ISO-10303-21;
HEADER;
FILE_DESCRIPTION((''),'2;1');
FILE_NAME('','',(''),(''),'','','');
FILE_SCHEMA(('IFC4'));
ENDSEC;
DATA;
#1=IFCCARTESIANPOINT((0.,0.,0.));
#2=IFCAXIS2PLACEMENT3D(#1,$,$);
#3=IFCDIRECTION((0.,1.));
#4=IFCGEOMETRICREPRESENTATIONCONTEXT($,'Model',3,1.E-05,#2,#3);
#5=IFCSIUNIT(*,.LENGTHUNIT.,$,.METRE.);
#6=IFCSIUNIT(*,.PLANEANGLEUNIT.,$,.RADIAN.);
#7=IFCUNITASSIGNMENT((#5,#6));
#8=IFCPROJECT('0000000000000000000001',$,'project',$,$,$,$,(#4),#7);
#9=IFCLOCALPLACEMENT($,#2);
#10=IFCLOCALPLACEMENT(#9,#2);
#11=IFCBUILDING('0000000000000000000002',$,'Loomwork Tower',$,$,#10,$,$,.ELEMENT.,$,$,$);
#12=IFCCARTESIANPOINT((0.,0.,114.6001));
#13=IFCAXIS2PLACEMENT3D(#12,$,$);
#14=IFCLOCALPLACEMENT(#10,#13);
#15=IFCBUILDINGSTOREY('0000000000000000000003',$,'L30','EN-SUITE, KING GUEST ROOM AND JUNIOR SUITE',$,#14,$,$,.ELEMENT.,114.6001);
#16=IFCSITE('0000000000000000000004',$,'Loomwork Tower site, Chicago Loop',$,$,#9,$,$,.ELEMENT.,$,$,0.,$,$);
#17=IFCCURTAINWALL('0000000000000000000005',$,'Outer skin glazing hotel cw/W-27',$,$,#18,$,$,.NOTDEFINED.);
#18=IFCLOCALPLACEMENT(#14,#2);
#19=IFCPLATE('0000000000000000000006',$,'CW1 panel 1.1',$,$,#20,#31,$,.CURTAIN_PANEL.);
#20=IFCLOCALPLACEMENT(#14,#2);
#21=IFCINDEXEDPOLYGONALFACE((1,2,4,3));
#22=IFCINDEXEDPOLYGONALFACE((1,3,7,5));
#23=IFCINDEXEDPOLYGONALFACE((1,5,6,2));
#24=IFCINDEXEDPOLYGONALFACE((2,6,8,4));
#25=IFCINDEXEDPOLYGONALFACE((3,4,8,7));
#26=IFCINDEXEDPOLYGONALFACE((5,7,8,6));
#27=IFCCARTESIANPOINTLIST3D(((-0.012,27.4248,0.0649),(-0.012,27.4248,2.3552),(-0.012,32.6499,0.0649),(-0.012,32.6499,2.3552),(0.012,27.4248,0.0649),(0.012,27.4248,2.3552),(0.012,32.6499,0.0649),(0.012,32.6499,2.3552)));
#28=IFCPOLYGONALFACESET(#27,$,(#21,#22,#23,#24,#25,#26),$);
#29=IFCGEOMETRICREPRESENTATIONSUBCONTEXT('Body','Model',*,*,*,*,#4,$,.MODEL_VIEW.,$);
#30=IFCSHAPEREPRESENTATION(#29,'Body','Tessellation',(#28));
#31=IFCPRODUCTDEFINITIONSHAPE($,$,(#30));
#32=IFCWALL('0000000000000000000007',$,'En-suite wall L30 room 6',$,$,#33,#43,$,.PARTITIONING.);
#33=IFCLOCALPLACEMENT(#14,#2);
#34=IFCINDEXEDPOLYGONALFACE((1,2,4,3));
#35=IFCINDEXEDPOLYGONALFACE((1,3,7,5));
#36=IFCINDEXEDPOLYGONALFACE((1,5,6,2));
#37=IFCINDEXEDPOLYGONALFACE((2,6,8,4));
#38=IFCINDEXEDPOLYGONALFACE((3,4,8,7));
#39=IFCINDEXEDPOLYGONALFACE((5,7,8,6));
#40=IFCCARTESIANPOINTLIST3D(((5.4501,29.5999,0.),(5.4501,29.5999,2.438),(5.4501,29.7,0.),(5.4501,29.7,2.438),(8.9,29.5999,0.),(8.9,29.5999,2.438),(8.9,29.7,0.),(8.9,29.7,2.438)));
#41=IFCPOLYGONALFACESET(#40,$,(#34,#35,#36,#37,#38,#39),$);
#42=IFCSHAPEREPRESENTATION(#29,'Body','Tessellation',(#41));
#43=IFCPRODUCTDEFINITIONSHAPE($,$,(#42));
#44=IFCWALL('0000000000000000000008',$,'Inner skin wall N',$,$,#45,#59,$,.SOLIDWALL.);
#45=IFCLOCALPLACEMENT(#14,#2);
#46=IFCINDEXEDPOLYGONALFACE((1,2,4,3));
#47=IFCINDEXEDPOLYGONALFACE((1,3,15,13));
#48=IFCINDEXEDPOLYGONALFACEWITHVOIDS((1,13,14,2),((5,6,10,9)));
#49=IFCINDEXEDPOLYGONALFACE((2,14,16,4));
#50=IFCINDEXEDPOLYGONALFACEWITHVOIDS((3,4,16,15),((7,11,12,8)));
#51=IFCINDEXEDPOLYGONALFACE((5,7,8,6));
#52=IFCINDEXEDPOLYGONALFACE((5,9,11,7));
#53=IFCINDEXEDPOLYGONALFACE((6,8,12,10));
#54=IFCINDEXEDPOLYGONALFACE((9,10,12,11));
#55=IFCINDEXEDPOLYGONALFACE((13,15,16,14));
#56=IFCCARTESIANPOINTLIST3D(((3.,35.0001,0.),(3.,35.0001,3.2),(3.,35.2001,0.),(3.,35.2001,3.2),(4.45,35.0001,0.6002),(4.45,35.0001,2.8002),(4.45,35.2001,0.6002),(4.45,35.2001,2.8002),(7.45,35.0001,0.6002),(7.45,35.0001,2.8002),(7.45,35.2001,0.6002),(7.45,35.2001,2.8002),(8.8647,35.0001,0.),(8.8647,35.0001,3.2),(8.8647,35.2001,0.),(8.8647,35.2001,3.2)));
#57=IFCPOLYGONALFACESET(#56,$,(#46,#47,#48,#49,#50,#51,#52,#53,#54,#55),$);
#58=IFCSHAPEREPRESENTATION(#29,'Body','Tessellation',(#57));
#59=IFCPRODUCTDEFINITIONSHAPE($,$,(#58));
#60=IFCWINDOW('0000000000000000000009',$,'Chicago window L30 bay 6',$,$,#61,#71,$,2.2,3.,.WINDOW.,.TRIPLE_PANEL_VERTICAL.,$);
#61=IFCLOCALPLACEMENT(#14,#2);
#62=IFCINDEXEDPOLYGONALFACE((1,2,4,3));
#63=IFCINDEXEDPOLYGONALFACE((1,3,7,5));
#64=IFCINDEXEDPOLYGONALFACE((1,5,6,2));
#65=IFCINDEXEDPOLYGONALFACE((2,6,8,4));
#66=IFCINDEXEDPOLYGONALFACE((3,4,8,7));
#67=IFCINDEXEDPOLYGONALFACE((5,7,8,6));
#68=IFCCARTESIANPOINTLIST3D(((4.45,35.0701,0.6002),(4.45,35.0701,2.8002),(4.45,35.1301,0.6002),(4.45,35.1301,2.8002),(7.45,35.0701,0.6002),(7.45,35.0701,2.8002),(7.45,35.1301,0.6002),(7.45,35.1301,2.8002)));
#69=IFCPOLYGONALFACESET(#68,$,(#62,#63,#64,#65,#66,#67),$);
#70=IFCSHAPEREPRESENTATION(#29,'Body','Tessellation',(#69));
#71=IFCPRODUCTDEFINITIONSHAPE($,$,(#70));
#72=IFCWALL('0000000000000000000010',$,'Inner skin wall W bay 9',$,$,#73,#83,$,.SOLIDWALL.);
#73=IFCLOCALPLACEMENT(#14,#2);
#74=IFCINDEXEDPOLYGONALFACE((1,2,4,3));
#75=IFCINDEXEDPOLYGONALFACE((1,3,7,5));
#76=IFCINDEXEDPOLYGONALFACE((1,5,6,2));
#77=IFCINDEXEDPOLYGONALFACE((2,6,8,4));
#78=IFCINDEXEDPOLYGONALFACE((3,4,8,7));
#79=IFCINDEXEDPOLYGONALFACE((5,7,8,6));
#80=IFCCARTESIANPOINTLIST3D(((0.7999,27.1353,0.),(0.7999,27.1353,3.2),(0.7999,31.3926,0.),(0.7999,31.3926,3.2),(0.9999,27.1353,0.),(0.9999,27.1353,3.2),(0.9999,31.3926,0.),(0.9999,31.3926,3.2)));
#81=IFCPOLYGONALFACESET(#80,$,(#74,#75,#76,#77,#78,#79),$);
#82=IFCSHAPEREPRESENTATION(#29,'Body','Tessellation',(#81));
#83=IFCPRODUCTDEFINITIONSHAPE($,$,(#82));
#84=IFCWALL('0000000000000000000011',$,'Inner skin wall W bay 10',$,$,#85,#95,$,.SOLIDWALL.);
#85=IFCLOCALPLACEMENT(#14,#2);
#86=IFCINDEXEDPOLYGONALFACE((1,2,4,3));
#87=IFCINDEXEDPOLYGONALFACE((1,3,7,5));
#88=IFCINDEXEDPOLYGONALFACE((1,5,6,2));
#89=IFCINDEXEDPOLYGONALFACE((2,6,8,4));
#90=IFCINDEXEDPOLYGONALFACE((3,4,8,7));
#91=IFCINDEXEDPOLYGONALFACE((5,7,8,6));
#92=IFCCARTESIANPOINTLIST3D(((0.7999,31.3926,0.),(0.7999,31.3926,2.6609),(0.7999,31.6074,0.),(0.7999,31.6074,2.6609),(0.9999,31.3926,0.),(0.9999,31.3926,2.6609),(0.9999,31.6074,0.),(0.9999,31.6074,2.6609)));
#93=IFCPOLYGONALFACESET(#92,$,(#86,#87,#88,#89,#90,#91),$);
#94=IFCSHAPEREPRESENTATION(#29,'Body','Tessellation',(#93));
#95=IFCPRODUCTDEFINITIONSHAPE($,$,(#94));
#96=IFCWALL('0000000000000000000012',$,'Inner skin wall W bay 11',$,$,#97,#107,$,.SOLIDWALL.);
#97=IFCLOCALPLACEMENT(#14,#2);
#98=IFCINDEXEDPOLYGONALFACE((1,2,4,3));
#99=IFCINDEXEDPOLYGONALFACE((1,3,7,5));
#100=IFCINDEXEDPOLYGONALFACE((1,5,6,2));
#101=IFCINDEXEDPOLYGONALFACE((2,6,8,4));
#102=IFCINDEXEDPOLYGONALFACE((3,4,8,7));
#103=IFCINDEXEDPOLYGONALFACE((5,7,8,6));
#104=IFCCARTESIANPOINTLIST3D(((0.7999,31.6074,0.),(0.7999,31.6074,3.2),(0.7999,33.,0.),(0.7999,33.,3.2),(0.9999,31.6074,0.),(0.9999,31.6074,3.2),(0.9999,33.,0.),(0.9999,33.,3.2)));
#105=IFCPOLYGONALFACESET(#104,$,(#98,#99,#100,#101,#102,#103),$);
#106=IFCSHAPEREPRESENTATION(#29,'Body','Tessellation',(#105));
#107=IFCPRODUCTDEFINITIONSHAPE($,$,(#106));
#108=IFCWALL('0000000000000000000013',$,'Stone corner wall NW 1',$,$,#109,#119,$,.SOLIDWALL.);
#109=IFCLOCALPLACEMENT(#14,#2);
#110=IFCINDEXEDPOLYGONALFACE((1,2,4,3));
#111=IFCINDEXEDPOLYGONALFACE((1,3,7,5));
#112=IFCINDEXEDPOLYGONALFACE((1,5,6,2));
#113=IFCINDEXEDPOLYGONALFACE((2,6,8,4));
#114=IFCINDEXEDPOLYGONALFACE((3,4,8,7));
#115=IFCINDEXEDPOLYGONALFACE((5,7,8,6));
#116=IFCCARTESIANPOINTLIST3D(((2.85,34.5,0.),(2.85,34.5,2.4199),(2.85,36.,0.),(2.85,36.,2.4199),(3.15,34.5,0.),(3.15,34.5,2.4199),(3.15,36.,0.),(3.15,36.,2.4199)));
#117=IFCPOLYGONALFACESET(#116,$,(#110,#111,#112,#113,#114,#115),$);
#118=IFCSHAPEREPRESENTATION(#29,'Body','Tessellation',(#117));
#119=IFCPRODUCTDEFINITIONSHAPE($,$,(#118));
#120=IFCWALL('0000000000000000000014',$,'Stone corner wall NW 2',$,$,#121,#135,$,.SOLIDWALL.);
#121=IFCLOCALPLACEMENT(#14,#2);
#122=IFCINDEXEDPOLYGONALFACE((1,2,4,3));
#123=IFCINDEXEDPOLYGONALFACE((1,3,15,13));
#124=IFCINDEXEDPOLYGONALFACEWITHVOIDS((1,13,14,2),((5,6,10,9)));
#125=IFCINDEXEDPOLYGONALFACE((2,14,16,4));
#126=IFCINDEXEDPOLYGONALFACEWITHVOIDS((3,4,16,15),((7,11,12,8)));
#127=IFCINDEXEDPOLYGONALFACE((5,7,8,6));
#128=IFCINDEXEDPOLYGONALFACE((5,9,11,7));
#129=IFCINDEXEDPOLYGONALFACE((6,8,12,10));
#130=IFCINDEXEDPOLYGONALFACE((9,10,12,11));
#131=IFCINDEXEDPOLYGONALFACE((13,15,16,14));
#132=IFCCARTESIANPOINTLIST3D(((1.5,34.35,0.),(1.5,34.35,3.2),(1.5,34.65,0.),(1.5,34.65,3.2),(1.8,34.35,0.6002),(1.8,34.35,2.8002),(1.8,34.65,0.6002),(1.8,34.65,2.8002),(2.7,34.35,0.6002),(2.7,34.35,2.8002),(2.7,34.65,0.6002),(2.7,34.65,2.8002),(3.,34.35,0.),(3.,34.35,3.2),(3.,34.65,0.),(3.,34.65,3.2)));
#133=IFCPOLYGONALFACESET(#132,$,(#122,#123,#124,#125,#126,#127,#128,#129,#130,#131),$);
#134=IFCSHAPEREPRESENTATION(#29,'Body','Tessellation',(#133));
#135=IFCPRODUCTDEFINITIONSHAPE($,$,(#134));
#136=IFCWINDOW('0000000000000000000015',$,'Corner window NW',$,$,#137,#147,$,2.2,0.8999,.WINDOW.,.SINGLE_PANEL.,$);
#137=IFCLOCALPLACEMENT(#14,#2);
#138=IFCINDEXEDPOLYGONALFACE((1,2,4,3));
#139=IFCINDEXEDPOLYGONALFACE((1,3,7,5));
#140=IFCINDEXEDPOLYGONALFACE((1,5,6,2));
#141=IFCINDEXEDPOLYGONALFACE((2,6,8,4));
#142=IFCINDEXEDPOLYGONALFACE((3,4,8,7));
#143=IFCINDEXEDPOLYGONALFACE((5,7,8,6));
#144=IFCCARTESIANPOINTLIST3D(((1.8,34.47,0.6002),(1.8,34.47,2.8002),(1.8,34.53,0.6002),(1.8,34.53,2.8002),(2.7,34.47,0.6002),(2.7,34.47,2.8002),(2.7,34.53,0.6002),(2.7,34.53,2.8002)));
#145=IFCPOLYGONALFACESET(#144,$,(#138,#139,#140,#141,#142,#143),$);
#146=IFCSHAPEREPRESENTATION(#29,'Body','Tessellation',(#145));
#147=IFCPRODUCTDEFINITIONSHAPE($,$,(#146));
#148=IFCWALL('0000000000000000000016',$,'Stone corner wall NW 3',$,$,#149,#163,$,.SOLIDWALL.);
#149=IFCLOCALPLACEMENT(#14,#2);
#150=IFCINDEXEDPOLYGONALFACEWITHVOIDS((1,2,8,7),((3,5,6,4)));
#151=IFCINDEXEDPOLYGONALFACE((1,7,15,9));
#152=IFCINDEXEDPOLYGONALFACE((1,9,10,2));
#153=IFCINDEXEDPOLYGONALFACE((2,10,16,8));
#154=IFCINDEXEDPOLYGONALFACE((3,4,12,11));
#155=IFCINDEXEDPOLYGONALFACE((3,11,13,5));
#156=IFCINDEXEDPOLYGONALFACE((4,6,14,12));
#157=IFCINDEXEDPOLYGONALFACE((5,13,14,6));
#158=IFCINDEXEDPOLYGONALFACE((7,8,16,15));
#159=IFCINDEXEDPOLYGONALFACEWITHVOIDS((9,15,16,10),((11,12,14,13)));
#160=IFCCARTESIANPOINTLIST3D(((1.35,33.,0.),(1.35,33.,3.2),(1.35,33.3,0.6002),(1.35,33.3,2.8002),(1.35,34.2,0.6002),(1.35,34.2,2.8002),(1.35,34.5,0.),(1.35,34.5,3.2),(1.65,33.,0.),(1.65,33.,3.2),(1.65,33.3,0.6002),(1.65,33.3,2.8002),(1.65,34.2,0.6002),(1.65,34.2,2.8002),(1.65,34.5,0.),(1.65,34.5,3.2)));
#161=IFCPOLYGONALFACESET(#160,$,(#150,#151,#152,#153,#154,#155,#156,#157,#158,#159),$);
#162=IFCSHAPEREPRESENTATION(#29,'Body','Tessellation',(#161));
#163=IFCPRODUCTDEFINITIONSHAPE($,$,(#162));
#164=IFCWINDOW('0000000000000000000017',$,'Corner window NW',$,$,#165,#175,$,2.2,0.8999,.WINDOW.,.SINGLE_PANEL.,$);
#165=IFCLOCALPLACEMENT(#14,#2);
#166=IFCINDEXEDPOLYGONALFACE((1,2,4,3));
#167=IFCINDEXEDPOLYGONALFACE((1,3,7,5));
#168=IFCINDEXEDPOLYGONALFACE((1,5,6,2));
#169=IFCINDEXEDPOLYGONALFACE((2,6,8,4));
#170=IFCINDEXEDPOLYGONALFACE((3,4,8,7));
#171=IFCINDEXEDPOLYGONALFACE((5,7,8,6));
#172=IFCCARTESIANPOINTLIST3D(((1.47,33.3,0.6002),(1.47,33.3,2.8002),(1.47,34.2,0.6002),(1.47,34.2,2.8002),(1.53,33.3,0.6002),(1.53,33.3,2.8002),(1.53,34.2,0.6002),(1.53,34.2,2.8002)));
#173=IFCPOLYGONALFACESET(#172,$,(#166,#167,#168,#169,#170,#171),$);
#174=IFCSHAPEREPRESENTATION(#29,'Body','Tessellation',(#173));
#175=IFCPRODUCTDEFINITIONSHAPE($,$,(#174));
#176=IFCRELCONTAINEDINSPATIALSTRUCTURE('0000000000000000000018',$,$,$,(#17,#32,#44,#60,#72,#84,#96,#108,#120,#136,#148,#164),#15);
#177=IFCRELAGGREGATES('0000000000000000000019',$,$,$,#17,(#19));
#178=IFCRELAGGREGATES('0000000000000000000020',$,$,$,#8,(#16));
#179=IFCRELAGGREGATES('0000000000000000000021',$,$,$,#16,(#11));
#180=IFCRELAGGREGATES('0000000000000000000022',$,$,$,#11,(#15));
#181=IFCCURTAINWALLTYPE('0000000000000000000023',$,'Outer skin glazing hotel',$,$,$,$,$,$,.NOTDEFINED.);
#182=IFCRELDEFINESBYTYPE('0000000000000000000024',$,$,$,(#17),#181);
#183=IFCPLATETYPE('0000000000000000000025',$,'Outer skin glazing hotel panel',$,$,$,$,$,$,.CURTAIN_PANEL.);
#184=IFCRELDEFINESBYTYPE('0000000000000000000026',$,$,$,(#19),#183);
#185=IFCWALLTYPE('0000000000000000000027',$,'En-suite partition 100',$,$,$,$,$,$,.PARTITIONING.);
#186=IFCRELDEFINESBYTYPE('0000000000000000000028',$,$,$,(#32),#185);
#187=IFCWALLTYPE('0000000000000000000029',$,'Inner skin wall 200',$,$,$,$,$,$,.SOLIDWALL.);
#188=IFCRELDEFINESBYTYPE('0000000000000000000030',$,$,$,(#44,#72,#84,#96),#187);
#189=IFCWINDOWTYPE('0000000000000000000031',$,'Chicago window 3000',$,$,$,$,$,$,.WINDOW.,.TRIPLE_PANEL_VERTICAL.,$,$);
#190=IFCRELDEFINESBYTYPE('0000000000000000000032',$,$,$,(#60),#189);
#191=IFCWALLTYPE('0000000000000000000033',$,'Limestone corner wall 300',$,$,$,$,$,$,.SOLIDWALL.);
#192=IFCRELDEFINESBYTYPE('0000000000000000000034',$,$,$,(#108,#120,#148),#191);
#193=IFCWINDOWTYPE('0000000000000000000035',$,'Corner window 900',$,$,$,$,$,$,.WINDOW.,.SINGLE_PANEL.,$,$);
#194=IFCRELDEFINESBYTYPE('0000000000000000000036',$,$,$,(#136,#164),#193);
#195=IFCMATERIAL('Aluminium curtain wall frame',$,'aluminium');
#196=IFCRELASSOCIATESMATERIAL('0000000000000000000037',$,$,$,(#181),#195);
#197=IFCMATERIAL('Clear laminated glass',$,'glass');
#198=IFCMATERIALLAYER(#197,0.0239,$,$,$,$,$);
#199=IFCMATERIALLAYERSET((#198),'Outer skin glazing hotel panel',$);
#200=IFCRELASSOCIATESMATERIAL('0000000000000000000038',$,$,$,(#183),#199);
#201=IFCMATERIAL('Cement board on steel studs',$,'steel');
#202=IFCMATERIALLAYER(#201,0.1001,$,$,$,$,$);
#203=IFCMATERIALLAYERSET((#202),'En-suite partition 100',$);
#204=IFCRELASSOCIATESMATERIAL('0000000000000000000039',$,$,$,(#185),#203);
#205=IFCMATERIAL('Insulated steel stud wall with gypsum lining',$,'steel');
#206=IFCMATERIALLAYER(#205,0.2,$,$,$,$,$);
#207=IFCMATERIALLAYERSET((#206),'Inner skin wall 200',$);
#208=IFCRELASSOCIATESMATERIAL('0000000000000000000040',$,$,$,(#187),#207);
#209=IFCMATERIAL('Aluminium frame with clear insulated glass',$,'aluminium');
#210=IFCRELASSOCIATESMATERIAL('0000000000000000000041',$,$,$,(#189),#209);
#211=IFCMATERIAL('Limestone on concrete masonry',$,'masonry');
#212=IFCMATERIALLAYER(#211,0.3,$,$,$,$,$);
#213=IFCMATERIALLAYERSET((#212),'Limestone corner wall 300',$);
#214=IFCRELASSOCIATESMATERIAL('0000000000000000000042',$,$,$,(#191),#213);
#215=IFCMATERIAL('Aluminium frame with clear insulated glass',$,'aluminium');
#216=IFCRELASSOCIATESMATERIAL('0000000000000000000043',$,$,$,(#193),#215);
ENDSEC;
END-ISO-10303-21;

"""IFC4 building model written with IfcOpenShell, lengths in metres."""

from ifc_helpers import new_model, si_unit, direction, frame, frame_2d, origin, origin_2d, place, context, subcontext, project, spatial, rectangle, extrude, material, layer, layer_set, type_object, element, fill, aggregate, save


model = new_model("IFC4")

# Units and contexts
model_context = context("Model", 3, precision=1e-05, world=origin(), true_north=direction((0.0, 1.0)))
body_context = subcontext(model_context, "Body", "Model", "MODEL_VIEW")
ifc_project = project(units=[si_unit("LENGTHUNIT", "METRE"), si_unit("PLANEANGLEUNIT", "RADIAN")], contexts=[model_context])

# Site, building, storey
site_placement = place(None, origin())
site = spatial("IfcSite", under=ifc_project, at=site_placement, Name="Loomwork Tower site, Chicago Loop", CompositionType="ELEMENT", RefElevation=0.0)
building_placement = place(site_placement, origin())
building = spatial("IfcBuilding", under=site, at=building_placement, Name="Loomwork Tower", CompositionType="ELEMENT")
storey_placement = place(building_placement, frame((0.0, 0.0, 114.6001)))
storey = spatial("IfcBuildingStorey", under=building, at=storey_placement, Name="L30", Description="EN-SUITE, KING GUEST ROOM AND JUNIOR SUITE", CompositionType="ELEMENT", Elevation=114.6001)

# Curtain wall
ifc_material_1 = material(Name="Aluminium curtain wall frame", Category="aluminium")
curtain_wall_type = type_object("IfcCurtainWallType", Name="Outer skin glazing hotel", PredefinedType="NOTDEFINED", material=ifc_material_1)
curtain_wall_1_placement = place(storey_placement, origin())
curtain_wall_1 = element("IfcCurtainWall", 1, at=curtain_wall_1_placement, inside=storey, type_object=curtain_wall_type, Name="Outer skin glazing hotel cw/W-27", PredefinedType="NOTDEFINED")

# Plate
ifc_material_2 = material(Name="Clear laminated glass", Category="glass")
ifc_layer_1 = layer(ifc_material_2, 0.0239)
ifc_layer_set_1 = layer_set([ifc_layer_1], Name="Outer skin glazing hotel panel")
plate_type = type_object("IfcPlateType", Name="Outer skin glazing hotel panel", PredefinedType="CURTAIN_PANEL", material=ifc_layer_set_1)
plate_1_placement = place(storey_placement, frame((0.0, 30.0374, 0.0649), z_axis=(0.0, 0.0, 1.0), x_axis=(0.0, -1.0, 0.0)))
plate_1 = element("IfcPlate", 2, at=plate_1_placement, type_object=plate_type, Name="CW1 panel 1.1", PredefinedType="CURTAIN_PANEL", context=body_context, shape_type="SweptSolid", body=[
    extrude(rectangle(XDim=5.2251, YDim=0.0239, at=origin_2d()), origin(), (0.0, 0.0, 1.0), 2.2903),
])
aggregate(curtain_wall_1, [plate_1])

# Wall
ifc_material_3 = material(Name="Cement board on steel studs", Category="steel")
ifc_layer_2 = layer(ifc_material_3, 0.1001)
ifc_layer_set_2 = layer_set([ifc_layer_2], Name="En-suite partition 100")
wall_type_1 = type_object("IfcWallType", Name="En-suite partition 100", PredefinedType="PARTITIONING", material=ifc_layer_set_2)
wall_1_placement = place(storey_placement, frame((5.45, 29.6499, 0.0), z_axis=(0.0, 0.0, 1.0), x_axis=(1.0, 0.0, 0.0)))
element("IfcWall", 3, at=wall_1_placement, inside=storey, type_object=wall_type_1, Name="En-suite wall L30 room 6", PredefinedType="PARTITIONING", context=body_context, shape_type="SweptSolid", body=[
    extrude(rectangle(XDim=3.45, YDim=0.1001, at=frame_2d((1.7251, 0.0))), origin(), (0.0, 0.0, 1.0), 2.438),
])

# Wall, opening, window
ifc_material_4 = material(Name="Insulated steel stud wall with gypsum lining", Category="steel")
ifc_layer_3 = layer(ifc_material_4, 0.2)
ifc_layer_set_3 = layer_set([ifc_layer_3], Name="Inner skin wall 200")
wall_type_2 = type_object("IfcWallType", Name="Inner skin wall 200", PredefinedType="SOLIDWALL", material=ifc_layer_set_3)
wall_2_placement = place(storey_placement, frame((3.0, 35.1001, 0.0), z_axis=(0.0, 0.0, 1.0), x_axis=(1.0, 0.0, 0.0)))
wall_2 = element("IfcWall", 4, at=wall_2_placement, inside=storey, type_object=wall_type_2, Name="Inner skin wall N", PredefinedType="SOLIDWALL", context=body_context, shape_type="SweptSolid", body=[
    extrude(rectangle(XDim=5.8647, YDim=0.2, at=frame_2d((2.9324, 0.0))), origin(), (0.0, 0.0, 1.0), 3.2),
])
opening_1_placement = place(wall_2_placement, frame((1.45, 0.0, 0.6001)))
opening_1 = element("IfcOpeningElement", 5, at=opening_1_placement, cuts=wall_2, PredefinedType="OPENING", context=body_context, shape_type="SweptSolid", body=[
    extrude(rectangle(XDim=3.0, YDim=2.2, at=frame_2d((1.5, 1.1001))), frame((0.0, 0.1099, 0.0), z_axis=(0.0, -1.0, 0.0), x_axis=(1.0, 0.0, 0.0)), (0.0, 0.0, 1.0), 0.22),
])
ifc_material_5 = material(Name="Aluminium frame with clear insulated glass", Category="aluminium")
window_type_1 = type_object("IfcWindowType", Name="Chicago window 3000", PartitioningType="TRIPLE_PANEL_VERTICAL", PredefinedType="WINDOW", material=ifc_material_5)
window_1_placement = place(opening_1_placement, origin())
window_1 = element("IfcWindow", 6, at=window_1_placement, inside=storey, type_object=window_type_1, Name="Chicago window L30 bay 6", OverallHeight=2.2, OverallWidth=3.0, PartitioningType="TRIPLE_PANEL_VERTICAL", PredefinedType="WINDOW", context=body_context, shape_type="SweptSolid", body=[
    extrude(rectangle(XDim=3.0, YDim=2.2, at=frame_2d((1.5, 1.1001))), frame((0.0, 0.03, 0.0), z_axis=(0.0, -1.0, 0.0), x_axis=(1.0, 0.0, 0.0)), (0.0, 0.0, 1.0), 0.0601),
])
fill(opening_1, window_1)

# Walls
wall_3_placement = place(storey_placement, frame((0.8999, 27.1353, 0.0), z_axis=(0.0, 0.0, 1.0), x_axis=(0.0, 1.0, 0.0)))
element("IfcWall", 7, at=wall_3_placement, inside=storey, type_object=wall_type_2, Name="Inner skin wall W bay 9", PredefinedType="SOLIDWALL", context=body_context, shape_type="SweptSolid", body=[
    extrude(rectangle(XDim=4.2573, YDim=0.2, at=frame_2d((2.1287, 0.0))), origin(), (0.0, 0.0, 1.0), 3.2),
])
wall_4_placement = place(storey_placement, frame((0.8999, 31.3926, 0.0), z_axis=(0.0, 0.0, 1.0), x_axis=(0.0, 1.0, 0.0)))
element("IfcWall", 8, at=wall_4_placement, inside=storey, type_object=wall_type_2, Name="Inner skin wall W bay 10", PredefinedType="SOLIDWALL", context=body_context, shape_type="SweptSolid", body=[
    extrude(rectangle(XDim=0.2148, YDim=0.2, at=frame_2d((0.1074, 0.0))), origin(), (0.0, 0.0, 1.0), 2.6609),
])
wall_5_placement = place(storey_placement, frame((0.8999, 31.6074, 0.0), z_axis=(0.0, 0.0, 1.0), x_axis=(0.0, 1.0, 0.0)))
element("IfcWall", 9, at=wall_5_placement, inside=storey, type_object=wall_type_2, Name="Inner skin wall W bay 11", PredefinedType="SOLIDWALL", context=body_context, shape_type="SweptSolid", body=[
    extrude(rectangle(XDim=1.3926, YDim=0.2, at=frame_2d((0.6963, 0.0))), origin(), (0.0, 0.0, 1.0), 3.2),
])
ifc_material_6 = material(Name="Limestone on concrete masonry", Category="masonry")
ifc_layer_4 = layer(ifc_material_6, 0.3)
ifc_layer_set_4 = layer_set([ifc_layer_4], Name="Limestone corner wall 300")
wall_type_3 = type_object("IfcWallType", Name="Limestone corner wall 300", PredefinedType="SOLIDWALL", material=ifc_layer_set_4)
wall_6_placement = place(storey_placement, frame((3.0, 36.0, 0.0), z_axis=(0.0, 0.0, 1.0), x_axis=(0.0, -1.0, 0.0)))
element("IfcWall", 10, at=wall_6_placement, inside=storey, type_object=wall_type_3, Name="Stone corner wall NW 1", PredefinedType="SOLIDWALL", context=body_context, shape_type="SweptSolid", body=[
    extrude(rectangle(XDim=1.5, YDim=0.3, at=frame_2d((0.75, 0.0))), origin(), (0.0, 0.0, 1.0), 2.4199),
])

# Walls, openings, windows
wall_7_placement = place(storey_placement, frame((3.0, 34.5, 0.0), z_axis=(0.0, 0.0, 1.0), x_axis=(-1.0, 0.0, 0.0)))
wall_7 = element("IfcWall", 11, at=wall_7_placement, inside=storey, type_object=wall_type_3, Name="Stone corner wall NW 2", PredefinedType="SOLIDWALL", context=body_context, shape_type="SweptSolid", body=[
    extrude(rectangle(XDim=1.5, YDim=0.3, at=frame_2d((0.75, 0.0))), origin(), (0.0, 0.0, 1.0), 3.2),
])
opening_2_placement = place(wall_7_placement, frame((0.3, 0.0, 0.6001)))
opening_2 = element("IfcOpeningElement", 12, at=opening_2_placement, cuts=wall_7, PredefinedType="OPENING", context=body_context, shape_type="SweptSolid", body=[
    extrude(rectangle(XDim=0.8999, YDim=2.2, at=frame_2d((0.45, 1.1001))), frame((0.0, 0.1599, 0.0), z_axis=(0.0, -1.0, 0.0), x_axis=(1.0, 0.0, 0.0)), (0.0, 0.0, 1.0), 0.3201),
])
ifc_material_7 = material(Name="Aluminium frame with clear insulated glass", Category="aluminium")
window_type_2 = type_object("IfcWindowType", Name="Corner window 900", PartitioningType="SINGLE_PANEL", PredefinedType="WINDOW", material=ifc_material_7)
window_2_placement = place(opening_2_placement, origin())
window_2 = element("IfcWindow", 13, at=window_2_placement, inside=storey, type_object=window_type_2, Name="Corner window NW", OverallHeight=2.2, OverallWidth=0.8999, PartitioningType="SINGLE_PANEL", PredefinedType="WINDOW", context=body_context, shape_type="SweptSolid", body=[
    extrude(rectangle(XDim=0.8999, YDim=2.2, at=frame_2d((0.45, 1.1001))), frame((0.0, 0.03, 0.0), z_axis=(0.0, -1.0, 0.0), x_axis=(1.0, 0.0, 0.0)), (0.0, 0.0, 1.0), 0.0601),
])
fill(opening_2, window_2)
wall_8_placement = place(storey_placement, frame((1.5, 34.5, 0.0), z_axis=(0.0, 0.0, 1.0), x_axis=(0.0, -1.0, 0.0)))
wall_8 = element("IfcWall", 14, at=wall_8_placement, inside=storey, type_object=wall_type_3, Name="Stone corner wall NW 3", PredefinedType="SOLIDWALL", context=body_context, shape_type="SweptSolid", body=[
    extrude(rectangle(XDim=1.5, YDim=0.3, at=frame_2d((0.75, 0.0))), origin(), (0.0, 0.0, 1.0), 3.2),
])
opening_3_placement = place(wall_8_placement, frame((0.3, 0.0, 0.6001)))
opening_3 = element("IfcOpeningElement", 15, at=opening_3_placement, cuts=wall_8, PredefinedType="OPENING", context=body_context, shape_type="SweptSolid", body=[
    extrude(rectangle(XDim=0.8999, YDim=2.2, at=frame_2d((0.45, 1.1001))), frame((0.0, 0.1599, 0.0), z_axis=(0.0, -1.0, 0.0), x_axis=(1.0, 0.0, 0.0)), (0.0, 0.0, 1.0), 0.3201),
])
window_3_placement = place(opening_3_placement, origin())
window_3 = element("IfcWindow", 16, at=window_3_placement, inside=storey, type_object=window_type_2, Name="Corner window NW", OverallHeight=2.2, OverallWidth=0.8999, PartitioningType="SINGLE_PANEL", PredefinedType="WINDOW", context=body_context, shape_type="SweptSolid", body=[
    extrude(rectangle(XDim=0.8999, YDim=2.2, at=frame_2d((0.45, 1.1001))), frame((0.0, 0.03, 0.0), z_axis=(0.0, -1.0, 0.0), x_axis=(1.0, 0.0, 0.0)), (0.0, 0.0, 1.0), 0.0601),
])
fill(opening_3, window_3)

save(model, "model.ifc")
